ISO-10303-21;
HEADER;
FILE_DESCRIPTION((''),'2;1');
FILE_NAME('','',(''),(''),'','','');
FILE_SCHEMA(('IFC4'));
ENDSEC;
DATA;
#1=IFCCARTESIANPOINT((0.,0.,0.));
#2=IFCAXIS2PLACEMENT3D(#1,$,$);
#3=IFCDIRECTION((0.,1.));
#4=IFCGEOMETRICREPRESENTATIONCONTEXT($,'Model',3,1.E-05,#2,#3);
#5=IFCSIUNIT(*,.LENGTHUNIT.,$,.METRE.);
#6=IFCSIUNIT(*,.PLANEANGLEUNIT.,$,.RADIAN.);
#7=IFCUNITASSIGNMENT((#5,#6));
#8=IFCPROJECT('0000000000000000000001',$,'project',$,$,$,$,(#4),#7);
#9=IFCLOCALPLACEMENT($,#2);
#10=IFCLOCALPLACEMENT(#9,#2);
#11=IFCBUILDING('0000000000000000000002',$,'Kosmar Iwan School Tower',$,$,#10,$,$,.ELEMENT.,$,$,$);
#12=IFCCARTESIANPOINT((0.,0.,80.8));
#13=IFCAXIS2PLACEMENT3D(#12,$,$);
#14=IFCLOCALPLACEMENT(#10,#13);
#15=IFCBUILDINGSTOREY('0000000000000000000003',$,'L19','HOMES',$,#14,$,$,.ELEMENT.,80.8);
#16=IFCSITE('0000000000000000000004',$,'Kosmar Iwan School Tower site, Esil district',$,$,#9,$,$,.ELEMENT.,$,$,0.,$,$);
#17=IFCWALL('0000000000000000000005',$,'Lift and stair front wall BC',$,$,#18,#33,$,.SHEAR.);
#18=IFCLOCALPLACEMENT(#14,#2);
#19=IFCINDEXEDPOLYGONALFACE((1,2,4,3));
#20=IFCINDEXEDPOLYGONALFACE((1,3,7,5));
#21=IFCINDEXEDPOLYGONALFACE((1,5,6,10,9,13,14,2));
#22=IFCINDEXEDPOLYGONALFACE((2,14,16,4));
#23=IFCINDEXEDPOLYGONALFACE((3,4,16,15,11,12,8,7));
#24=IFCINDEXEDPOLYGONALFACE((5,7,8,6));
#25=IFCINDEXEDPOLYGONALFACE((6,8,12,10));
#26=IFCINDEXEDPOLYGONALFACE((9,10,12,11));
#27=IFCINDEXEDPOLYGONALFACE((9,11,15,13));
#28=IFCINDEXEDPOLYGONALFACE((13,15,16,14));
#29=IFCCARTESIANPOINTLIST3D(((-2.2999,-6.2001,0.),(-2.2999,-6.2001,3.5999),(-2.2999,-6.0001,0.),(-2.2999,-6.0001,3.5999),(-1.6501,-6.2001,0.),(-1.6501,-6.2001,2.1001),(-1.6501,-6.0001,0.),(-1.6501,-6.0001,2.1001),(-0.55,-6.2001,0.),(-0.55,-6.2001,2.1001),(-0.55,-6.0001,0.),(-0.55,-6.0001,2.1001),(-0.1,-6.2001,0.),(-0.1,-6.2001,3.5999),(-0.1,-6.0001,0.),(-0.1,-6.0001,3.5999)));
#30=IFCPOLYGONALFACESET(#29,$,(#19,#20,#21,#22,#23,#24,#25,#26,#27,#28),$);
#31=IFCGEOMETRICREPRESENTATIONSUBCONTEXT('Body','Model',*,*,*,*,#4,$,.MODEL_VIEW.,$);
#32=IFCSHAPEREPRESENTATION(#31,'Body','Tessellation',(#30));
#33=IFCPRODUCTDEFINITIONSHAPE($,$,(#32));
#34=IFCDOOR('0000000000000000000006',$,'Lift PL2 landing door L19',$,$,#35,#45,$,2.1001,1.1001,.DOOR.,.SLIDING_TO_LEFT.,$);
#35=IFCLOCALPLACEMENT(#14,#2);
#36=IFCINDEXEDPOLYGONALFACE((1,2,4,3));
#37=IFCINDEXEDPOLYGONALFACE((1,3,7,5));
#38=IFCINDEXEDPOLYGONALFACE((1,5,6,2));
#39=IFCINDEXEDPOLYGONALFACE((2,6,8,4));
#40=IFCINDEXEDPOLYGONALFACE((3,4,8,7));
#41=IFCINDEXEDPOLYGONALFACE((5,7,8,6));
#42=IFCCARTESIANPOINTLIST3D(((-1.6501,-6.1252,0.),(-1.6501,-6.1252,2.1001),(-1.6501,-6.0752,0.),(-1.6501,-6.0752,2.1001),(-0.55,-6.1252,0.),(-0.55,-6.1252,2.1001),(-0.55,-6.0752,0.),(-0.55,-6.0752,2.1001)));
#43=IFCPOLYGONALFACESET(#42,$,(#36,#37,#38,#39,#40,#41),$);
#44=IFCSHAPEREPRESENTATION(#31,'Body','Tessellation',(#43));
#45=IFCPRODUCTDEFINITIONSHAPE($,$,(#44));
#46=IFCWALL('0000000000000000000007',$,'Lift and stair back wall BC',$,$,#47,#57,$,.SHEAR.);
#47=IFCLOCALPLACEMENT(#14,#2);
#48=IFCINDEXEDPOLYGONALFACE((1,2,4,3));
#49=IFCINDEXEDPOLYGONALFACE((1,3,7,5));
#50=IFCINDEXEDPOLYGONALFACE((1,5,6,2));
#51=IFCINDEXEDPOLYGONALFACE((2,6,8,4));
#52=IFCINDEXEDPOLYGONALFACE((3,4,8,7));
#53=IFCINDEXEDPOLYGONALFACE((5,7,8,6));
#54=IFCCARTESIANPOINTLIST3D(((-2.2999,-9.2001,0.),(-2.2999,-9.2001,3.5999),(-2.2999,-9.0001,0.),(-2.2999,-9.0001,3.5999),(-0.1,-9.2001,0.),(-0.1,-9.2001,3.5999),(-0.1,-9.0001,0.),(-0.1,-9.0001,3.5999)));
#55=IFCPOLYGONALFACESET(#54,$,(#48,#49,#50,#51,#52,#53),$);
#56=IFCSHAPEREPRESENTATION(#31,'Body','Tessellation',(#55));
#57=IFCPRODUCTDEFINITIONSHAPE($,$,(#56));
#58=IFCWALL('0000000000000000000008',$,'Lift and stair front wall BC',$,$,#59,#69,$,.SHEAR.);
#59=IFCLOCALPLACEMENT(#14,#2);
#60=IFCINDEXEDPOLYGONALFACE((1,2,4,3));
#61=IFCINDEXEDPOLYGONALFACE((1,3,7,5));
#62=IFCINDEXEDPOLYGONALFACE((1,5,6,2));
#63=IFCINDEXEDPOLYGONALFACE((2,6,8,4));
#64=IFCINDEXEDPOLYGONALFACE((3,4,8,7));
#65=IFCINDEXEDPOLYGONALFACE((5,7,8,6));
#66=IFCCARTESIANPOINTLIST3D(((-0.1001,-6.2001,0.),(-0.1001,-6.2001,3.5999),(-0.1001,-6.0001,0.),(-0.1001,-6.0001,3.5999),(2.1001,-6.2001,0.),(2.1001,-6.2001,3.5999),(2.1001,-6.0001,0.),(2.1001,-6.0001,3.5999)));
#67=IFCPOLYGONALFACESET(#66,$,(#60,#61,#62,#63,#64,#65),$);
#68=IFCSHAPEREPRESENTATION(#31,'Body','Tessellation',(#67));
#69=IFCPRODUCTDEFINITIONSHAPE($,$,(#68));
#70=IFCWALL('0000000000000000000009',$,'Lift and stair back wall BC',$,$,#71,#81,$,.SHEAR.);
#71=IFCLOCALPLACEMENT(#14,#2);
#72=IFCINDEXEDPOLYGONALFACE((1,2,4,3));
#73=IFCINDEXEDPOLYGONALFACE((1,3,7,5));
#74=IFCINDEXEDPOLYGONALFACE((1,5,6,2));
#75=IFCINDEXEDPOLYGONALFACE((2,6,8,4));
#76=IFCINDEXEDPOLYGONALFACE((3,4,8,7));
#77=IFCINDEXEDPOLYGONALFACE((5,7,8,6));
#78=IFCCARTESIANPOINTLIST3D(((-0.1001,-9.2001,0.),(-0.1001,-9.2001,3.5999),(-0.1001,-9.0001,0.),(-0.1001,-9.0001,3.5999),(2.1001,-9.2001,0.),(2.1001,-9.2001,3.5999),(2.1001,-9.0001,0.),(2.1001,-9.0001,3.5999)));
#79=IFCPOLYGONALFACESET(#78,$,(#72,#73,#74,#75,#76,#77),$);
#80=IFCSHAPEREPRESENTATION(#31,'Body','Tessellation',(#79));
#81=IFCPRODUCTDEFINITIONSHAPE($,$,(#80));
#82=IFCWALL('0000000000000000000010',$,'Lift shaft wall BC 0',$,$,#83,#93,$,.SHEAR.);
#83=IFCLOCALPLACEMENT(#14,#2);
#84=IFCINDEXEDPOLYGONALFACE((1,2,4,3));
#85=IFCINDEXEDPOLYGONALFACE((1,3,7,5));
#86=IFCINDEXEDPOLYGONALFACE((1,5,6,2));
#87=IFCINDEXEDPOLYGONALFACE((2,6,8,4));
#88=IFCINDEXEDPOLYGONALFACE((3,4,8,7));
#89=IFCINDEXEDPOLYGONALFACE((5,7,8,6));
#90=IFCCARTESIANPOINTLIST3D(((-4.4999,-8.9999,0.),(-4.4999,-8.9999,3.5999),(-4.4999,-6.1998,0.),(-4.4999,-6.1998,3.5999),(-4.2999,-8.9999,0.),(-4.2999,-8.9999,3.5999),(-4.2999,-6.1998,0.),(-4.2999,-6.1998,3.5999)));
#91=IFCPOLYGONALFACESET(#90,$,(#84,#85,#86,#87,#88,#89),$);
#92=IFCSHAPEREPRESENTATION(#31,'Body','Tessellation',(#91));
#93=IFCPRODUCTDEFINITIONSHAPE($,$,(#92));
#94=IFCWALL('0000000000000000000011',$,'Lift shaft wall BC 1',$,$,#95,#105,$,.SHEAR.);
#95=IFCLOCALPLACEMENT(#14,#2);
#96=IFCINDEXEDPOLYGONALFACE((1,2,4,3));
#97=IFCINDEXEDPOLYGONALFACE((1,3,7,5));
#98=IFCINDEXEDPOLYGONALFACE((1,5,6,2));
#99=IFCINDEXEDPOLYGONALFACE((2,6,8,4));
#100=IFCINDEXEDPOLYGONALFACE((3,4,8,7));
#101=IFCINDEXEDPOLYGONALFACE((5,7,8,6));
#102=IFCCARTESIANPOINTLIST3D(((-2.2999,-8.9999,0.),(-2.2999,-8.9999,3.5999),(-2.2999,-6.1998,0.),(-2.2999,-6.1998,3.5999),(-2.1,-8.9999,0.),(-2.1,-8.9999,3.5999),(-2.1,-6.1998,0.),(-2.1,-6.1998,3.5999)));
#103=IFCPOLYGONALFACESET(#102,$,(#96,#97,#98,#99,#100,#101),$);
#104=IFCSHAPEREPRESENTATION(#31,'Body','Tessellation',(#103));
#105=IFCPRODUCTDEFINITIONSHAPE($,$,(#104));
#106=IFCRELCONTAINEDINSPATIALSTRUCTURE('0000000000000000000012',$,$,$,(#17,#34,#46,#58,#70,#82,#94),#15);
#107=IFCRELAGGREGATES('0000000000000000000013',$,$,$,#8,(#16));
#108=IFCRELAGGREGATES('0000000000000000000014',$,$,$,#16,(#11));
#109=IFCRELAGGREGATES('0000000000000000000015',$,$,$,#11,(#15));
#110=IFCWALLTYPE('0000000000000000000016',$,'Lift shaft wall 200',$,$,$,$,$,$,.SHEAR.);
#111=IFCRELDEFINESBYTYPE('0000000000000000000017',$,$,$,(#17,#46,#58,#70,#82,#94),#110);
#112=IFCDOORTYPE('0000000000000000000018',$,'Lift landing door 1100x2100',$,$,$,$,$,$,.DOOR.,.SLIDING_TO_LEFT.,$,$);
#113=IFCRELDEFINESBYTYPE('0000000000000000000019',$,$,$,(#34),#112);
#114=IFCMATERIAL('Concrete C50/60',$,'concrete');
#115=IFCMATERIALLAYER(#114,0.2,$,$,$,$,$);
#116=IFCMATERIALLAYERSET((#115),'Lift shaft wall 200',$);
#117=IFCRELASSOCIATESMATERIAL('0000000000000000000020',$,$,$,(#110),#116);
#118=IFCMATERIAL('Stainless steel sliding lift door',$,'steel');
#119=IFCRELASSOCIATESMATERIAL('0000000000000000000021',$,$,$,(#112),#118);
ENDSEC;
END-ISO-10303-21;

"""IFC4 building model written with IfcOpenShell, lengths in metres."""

from ifc_helpers import new_model, si_unit, direction, frame, frame_2d, origin, place, context, subcontext, project, spatial, rectangle, extrude, material, layer, layer_set, type_object, element, fill, save


model = new_model("IFC4")

# Units and contexts
model_context = context("Model", 3, precision=1e-05, world=origin(), true_north=direction((0.0, 1.0)))
body_context = subcontext(model_context, "Body", "Model", "MODEL_VIEW")
ifc_project = project(units=[si_unit("LENGTHUNIT", "METRE"), si_unit("PLANEANGLEUNIT", "RADIAN")], contexts=[model_context])

# Site, building, storey
site_placement = place(None, origin())
site = spatial("IfcSite", under=ifc_project, at=site_placement, Name="Kosmar Iwan School Tower site, Esil district", CompositionType="ELEMENT", RefElevation=0.0)
building_placement = place(site_placement, origin())
building = spatial("IfcBuilding", under=site, at=building_placement, Name="Kosmar Iwan School Tower", CompositionType="ELEMENT")
storey_placement = place(building_placement, frame((0.0, 0.0, 80.8)))
storey = spatial("IfcBuildingStorey", under=building, at=storey_placement, Name="L19", Description="HOMES", CompositionType="ELEMENT", Elevation=80.8)

# Shared definitions
ifc_material_1 = material(Name="Concrete C50/60", Category="concrete")
ifc_layer_1 = layer(ifc_material_1, 0.2)
ifc_layer_set_1 = layer_set([ifc_layer_1], Name="Lift shaft wall 200")
wall_type_1 = type_object("IfcWallType", Name="Lift shaft wall 200", PredefinedType="SHEAR", material=ifc_layer_set_1)
ifc_material_2 = material(Name="Stainless steel sliding lift door", Category="steel")
door_type_1 = type_object("IfcDoorType", Name="Lift landing door 1100x2100", OperationType="SLIDING_TO_LEFT", PredefinedType="DOOR", material=ifc_material_2)

# Wall, opening, door
wall_1_placement = place(storey_placement, frame((-2.3, -6.1001, 0.0), z_axis=(0.0, 0.0, 1.0), x_axis=(1.0, 0.0, 0.0)))
wall_1 = element("IfcWall", 1, at=wall_1_placement, inside=storey, type_object=wall_type_1, Name="Lift and stair front wall BC", PredefinedType="SHEAR", context=body_context, shape_type="SweptSolid", body=[
    extrude(rectangle(XDim=2.2, YDim=0.2, at=frame_2d((1.1001, 0.0))), origin(), (0.0, 0.0, 1.0), 3.5999),
])
opening_1_placement = place(wall_1_placement, frame((0.6499, 0.0, 0.0)))
opening_1 = element("IfcOpeningElement", 2, at=opening_1_placement, cuts=wall_1, PredefinedType="OPENING", context=body_context, shape_type="SweptSolid", body=[
    extrude(rectangle(XDim=1.1001, YDim=2.1001, at=frame_2d((0.55, 1.05))), frame((0.0, 0.1121, 0.0), z_axis=(0.0, -1.0, 0.0), x_axis=(1.0, 0.0, 0.0)), (0.0, 0.0, 1.0), 0.2239),
])
door_1_placement = place(opening_1_placement, origin())
door_1 = element("IfcDoor", 3, at=door_1_placement, inside=storey, type_object=door_type_1, Name="Lift PL2 landing door L19", OperationType="SLIDING_TO_LEFT", OverallHeight=2.1001, OverallWidth=1.1001, PredefinedType="DOOR", context=body_context, shape_type="SweptSolid", body=[
    extrude(rectangle(XDim=1.1001, YDim=2.1001, at=frame_2d((0.55, 1.05))), frame((0.0, 0.0249, 0.0), z_axis=(0.0, -1.0, 0.0), x_axis=(1.0, 0.0, 0.0)), (0.0, 0.0, 1.0), 0.05),
])
fill(opening_1, door_1)

# Walls
wall_2_placement = place(storey_placement, frame((-2.3, -9.1001, 0.0), z_axis=(0.0, 0.0, 1.0), x_axis=(1.0, 0.0, 0.0)))
element("IfcWall", 4, at=wall_2_placement, inside=storey, type_object=wall_type_1, Name="Lift and stair back wall BC", PredefinedType="SHEAR", context=body_context, shape_type="SweptSolid", body=[
    extrude(rectangle(XDim=2.2, YDim=0.2, at=frame_2d((1.1001, 0.0))), origin(), (0.0, 0.0, 1.0), 3.5999),
])
for number, where, z_axis, x_axis, name in (
    (5, (-0.1001, -6.1001, 0.0), (0.0, 0.0, 1.0), (1.0, 0.0, 0.0), "Lift and stair front wall BC"),
    (6, (-0.1001, -9.1001, 0.0), (0.0, 0.0, 1.0), (1.0, 0.0, 0.0), "Lift and stair back wall BC"),
):
    element("IfcWall", number, at=place(storey_placement, frame(where, z_axis=z_axis, x_axis=x_axis)), inside=storey, type_object=wall_type_1, Name=name, PredefinedType="SHEAR", context=body_context, shape_type="SweptSolid", body=[
        extrude(rectangle(XDim=2.2002, YDim=0.2, at=frame_2d((1.1001, 0.0))), origin(), (0.0, 0.0, 1.0), 3.5999),
    ])
for number, where, z_axis, x_axis, name in (
    (7, (-4.3999, -6.2, 0.0), (0.0, 0.0, 1.0), (0.0, -1.0, 0.0), "Lift shaft wall BC 0"),
    (8, (-2.2, -6.2, 0.0), (0.0, 0.0, 1.0), (0.0, -1.0, 0.0), "Lift shaft wall BC 1"),
):
    element("IfcWall", number, at=place(storey_placement, frame(where, z_axis=z_axis, x_axis=x_axis)), inside=storey, type_object=wall_type_1, Name=name, PredefinedType="SHEAR", context=body_context, shape_type="SweptSolid", body=[
        extrude(rectangle(XDim=2.8, YDim=0.2, at=frame_2d((1.3999, 0.0))), origin(), (0.0, 0.0, 1.0), 3.5999),
    ])

save(model, "model.ifc")
